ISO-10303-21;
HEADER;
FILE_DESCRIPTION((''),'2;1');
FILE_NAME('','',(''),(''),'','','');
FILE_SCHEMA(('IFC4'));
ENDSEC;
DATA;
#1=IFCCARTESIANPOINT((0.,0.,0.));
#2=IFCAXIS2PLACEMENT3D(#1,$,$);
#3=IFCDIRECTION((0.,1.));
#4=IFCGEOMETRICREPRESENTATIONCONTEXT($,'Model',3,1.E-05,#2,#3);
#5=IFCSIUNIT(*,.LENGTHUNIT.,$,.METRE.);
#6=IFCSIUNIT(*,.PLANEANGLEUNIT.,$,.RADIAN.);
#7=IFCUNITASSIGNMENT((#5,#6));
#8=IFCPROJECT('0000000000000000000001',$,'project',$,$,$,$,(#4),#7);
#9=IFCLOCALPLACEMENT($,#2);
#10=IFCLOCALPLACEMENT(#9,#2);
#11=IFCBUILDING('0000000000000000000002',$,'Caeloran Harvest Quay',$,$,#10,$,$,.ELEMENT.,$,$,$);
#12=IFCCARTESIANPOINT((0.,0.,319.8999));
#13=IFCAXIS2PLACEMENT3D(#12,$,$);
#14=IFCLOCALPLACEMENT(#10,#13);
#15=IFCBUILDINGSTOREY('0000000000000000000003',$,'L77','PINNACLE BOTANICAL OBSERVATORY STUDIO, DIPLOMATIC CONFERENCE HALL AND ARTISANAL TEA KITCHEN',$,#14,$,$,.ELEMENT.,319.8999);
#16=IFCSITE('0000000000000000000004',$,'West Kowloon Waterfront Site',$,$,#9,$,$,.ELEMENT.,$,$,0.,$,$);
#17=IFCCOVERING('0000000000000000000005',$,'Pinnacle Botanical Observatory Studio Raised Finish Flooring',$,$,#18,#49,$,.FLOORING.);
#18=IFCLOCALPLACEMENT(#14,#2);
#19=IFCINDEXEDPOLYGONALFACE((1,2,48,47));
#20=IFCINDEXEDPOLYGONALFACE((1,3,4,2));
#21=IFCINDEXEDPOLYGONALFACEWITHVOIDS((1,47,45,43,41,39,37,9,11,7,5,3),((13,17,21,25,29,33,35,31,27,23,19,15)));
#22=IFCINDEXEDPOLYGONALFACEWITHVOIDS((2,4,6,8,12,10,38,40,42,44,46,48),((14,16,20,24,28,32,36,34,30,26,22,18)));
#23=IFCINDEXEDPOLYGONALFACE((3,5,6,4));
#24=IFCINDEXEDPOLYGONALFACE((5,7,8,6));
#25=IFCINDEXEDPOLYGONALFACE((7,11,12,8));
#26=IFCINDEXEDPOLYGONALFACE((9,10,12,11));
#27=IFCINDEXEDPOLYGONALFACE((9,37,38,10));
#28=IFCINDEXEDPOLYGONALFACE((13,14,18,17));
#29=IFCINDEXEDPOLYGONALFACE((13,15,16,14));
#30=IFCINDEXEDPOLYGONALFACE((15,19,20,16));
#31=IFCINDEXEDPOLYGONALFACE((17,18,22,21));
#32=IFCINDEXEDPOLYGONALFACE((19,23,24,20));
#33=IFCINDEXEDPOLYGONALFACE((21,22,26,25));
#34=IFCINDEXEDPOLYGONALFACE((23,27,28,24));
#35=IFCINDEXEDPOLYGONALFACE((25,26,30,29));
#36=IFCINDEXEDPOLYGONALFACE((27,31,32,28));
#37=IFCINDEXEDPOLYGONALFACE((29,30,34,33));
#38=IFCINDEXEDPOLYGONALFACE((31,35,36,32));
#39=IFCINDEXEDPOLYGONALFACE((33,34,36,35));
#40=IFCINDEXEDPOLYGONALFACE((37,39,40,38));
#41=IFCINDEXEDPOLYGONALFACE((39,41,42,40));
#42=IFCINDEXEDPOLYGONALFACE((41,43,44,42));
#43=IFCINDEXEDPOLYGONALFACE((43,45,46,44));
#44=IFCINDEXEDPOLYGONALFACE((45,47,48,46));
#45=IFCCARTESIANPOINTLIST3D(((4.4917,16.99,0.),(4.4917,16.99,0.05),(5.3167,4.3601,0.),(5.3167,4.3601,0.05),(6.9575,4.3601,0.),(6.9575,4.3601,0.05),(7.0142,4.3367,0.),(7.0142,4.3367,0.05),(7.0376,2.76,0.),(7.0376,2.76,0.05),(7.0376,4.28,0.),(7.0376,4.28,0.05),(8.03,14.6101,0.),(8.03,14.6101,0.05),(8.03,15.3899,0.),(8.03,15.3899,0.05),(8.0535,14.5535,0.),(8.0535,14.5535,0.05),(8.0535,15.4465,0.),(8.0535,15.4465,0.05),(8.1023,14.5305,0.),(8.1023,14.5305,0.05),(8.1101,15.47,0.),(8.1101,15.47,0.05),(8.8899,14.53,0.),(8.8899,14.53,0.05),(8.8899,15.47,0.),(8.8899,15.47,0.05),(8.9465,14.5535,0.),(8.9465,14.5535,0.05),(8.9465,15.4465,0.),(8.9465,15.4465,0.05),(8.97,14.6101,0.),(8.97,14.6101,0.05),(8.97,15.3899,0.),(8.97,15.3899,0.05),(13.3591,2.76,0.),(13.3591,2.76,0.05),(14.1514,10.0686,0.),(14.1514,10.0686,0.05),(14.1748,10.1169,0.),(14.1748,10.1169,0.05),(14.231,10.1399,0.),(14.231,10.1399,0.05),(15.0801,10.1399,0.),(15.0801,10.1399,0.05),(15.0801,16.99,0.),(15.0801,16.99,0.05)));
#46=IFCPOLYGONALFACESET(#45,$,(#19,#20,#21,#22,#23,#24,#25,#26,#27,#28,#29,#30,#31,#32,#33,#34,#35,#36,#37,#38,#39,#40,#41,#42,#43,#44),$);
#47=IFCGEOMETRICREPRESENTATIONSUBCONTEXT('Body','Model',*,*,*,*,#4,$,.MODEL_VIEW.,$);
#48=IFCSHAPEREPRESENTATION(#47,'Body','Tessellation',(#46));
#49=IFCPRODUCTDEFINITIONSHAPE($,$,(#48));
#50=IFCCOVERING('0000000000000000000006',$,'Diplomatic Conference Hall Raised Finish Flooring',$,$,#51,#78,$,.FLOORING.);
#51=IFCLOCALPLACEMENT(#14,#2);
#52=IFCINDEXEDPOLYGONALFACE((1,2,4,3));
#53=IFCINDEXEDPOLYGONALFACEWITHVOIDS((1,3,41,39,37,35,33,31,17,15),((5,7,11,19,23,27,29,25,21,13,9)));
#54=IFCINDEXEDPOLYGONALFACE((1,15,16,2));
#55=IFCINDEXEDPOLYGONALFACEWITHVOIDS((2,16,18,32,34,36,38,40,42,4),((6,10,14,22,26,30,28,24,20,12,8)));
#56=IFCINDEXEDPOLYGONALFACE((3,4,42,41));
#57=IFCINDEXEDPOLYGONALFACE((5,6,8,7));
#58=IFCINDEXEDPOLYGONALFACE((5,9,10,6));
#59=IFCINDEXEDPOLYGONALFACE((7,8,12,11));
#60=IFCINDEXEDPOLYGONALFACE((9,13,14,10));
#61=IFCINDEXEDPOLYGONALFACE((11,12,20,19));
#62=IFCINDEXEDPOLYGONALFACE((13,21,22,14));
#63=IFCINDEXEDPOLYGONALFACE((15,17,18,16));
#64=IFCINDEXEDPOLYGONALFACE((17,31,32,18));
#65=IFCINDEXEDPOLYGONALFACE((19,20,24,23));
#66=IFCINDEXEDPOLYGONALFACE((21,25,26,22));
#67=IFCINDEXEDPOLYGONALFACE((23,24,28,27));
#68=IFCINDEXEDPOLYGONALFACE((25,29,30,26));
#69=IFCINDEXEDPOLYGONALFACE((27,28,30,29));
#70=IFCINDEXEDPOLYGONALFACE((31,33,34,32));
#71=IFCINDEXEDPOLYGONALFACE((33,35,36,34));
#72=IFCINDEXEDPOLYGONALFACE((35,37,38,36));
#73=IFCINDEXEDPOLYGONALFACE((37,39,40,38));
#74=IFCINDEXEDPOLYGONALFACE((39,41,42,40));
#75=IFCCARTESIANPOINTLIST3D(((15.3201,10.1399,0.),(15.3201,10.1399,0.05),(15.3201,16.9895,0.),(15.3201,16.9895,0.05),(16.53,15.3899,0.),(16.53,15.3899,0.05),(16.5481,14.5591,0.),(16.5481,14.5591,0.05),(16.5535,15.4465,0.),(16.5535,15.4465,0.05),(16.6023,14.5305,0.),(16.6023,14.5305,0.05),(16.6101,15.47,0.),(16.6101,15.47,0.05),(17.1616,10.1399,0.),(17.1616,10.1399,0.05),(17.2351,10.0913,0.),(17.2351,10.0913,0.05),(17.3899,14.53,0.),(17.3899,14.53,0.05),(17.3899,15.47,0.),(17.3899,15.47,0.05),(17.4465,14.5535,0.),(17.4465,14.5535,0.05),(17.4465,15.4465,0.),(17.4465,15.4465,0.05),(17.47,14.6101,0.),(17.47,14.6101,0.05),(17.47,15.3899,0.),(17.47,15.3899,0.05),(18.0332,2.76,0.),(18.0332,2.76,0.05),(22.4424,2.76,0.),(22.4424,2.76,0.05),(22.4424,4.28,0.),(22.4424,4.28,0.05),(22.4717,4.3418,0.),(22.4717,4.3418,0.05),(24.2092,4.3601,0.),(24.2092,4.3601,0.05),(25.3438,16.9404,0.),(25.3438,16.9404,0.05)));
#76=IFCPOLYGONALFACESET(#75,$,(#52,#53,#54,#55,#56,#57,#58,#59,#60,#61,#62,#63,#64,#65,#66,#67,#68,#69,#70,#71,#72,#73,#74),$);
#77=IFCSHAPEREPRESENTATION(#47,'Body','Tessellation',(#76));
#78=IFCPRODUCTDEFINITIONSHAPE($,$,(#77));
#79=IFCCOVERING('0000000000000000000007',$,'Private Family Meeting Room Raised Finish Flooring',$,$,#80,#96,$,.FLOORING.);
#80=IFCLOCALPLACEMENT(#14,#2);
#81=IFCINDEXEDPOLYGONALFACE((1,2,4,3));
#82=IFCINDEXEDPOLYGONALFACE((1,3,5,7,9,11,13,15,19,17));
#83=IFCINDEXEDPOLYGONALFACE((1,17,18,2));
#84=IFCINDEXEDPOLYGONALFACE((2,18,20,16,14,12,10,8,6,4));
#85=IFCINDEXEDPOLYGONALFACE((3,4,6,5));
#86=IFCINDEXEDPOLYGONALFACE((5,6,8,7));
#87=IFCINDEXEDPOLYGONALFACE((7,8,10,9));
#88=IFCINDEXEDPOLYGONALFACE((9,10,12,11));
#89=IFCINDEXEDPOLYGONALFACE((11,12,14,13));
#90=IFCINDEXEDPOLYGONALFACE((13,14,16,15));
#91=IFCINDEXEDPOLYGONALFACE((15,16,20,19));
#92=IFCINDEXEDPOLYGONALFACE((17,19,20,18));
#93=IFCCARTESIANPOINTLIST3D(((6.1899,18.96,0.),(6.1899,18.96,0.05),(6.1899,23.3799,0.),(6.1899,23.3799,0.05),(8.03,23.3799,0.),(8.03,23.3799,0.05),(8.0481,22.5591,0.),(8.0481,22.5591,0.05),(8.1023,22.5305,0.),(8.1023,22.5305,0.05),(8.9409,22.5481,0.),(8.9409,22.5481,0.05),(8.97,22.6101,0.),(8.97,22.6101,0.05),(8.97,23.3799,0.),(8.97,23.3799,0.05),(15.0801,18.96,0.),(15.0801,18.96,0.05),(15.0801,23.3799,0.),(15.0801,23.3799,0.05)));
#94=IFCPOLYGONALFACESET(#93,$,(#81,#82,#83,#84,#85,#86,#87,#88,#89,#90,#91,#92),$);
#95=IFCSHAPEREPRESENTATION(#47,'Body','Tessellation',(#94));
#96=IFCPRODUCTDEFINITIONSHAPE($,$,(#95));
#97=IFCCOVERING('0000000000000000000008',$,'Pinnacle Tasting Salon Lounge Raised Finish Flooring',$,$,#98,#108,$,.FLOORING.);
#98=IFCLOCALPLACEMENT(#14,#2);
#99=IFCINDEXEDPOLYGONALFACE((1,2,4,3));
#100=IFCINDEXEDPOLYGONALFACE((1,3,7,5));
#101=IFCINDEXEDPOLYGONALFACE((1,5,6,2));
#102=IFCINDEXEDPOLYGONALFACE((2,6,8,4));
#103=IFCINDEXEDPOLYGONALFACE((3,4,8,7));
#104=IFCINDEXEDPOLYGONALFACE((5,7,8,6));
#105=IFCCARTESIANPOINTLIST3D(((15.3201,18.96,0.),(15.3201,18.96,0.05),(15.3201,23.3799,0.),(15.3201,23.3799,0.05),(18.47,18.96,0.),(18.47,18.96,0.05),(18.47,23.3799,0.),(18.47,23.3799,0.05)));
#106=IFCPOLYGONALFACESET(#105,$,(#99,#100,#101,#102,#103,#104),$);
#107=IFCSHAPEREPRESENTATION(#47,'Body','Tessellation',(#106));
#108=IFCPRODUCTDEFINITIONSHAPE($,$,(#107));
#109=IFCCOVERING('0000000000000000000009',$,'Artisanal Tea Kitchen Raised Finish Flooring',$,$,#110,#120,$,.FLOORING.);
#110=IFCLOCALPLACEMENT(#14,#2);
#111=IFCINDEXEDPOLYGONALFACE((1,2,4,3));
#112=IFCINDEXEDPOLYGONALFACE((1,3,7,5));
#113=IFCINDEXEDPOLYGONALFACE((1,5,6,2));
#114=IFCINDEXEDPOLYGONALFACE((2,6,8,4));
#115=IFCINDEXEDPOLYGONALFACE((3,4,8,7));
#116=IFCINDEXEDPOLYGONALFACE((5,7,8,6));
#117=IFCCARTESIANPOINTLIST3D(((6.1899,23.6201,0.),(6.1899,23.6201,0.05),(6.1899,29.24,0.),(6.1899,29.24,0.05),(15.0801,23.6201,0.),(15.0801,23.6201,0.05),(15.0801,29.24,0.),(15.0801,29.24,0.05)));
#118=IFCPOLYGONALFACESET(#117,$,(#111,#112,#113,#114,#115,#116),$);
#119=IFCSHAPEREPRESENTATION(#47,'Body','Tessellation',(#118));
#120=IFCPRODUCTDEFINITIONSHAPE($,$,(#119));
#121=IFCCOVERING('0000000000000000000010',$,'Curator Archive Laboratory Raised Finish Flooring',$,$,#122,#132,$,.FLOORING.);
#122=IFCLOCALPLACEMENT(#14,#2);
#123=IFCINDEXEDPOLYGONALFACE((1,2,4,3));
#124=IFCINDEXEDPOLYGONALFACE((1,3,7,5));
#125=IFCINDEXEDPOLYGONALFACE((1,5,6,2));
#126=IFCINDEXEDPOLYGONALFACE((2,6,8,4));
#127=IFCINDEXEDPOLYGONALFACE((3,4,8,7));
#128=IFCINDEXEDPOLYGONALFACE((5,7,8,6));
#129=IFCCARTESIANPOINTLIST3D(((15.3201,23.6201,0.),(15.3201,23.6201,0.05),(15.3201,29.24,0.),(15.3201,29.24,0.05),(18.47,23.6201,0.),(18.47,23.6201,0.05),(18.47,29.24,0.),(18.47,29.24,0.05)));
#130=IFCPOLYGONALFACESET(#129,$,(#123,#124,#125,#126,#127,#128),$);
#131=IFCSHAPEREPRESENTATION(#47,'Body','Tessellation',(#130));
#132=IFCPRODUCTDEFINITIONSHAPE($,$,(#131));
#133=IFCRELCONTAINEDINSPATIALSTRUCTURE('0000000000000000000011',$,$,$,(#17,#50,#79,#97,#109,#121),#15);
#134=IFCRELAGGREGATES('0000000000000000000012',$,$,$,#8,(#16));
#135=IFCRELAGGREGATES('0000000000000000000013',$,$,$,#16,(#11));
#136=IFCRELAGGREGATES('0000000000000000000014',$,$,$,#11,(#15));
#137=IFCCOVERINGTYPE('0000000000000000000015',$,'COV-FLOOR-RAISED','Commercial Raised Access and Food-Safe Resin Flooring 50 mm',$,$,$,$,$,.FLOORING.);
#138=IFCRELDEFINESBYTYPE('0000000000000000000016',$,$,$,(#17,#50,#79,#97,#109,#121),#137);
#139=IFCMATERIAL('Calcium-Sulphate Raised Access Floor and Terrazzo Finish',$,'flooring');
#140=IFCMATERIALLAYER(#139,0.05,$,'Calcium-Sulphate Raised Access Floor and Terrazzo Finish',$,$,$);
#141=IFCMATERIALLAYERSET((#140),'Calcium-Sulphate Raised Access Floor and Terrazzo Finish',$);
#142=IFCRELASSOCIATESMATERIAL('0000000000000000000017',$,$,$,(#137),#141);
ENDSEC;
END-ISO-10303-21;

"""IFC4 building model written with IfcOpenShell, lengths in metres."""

from ifc_helpers import new_model, si_unit, direction, frame, origin, place, context, subcontext, project, spatial, polyline, outline, extrude, material, layer, layer_set, type_object, element, save


model = new_model("IFC4")

# Units and contexts
model_context = context("Model", 3, precision=1e-05, world=origin(), true_north=direction((0.0, 1.0)))
body_context = subcontext(model_context, "Body", "Model", "MODEL_VIEW")
ifc_project = project(units=[si_unit("LENGTHUNIT", "METRE"), si_unit("PLANEANGLEUNIT", "RADIAN")], contexts=[model_context])

# Site, building, storey
site_placement = place(None, origin())
site = spatial("IfcSite", under=ifc_project, at=site_placement, Name="West Kowloon Waterfront Site", CompositionType="ELEMENT", RefElevation=0.0)
building_placement = place(site_placement, origin())
building = spatial("IfcBuilding", under=site, at=building_placement, Name="Caeloran Harvest Quay", CompositionType="ELEMENT")
storey_placement = place(building_placement, frame((0.0, 0.0, 319.8999)))
storey = spatial("IfcBuildingStorey", under=building, at=storey_placement, Name="L77", Description="PINNACLE BOTANICAL OBSERVATORY STUDIO, DIPLOMATIC CONFERENCE HALL AND ARTISANAL TEA KITCHEN", CompositionType="ELEMENT", Elevation=319.8999)

# Coverings
ifc_material_1 = material(Name="Calcium-Sulphate Raised Access Floor and Terrazzo Finish", Category="flooring")
ifc_layer_1 = layer(ifc_material_1, 0.05, Name="Calcium-Sulphate Raised Access Floor and Terrazzo Finish")
ifc_layer_set_1 = layer_set([ifc_layer_1], Name="Calcium-Sulphate Raised Access Floor and Terrazzo Finish")
covering_type_1 = type_object("IfcCoveringType", Name="COV-FLOOR-RAISED", Description="Commercial Raised Access and Food-Safe Resin Flooring 50 mm", PredefinedType="FLOORING", material=ifc_layer_set_1)
covering_1_placement = place(storey_placement, origin())
element("IfcCovering", 1, at=covering_1_placement, inside=storey, type_object=covering_type_1, Name="Pinnacle Botanical Observatory Studio Raised Finish Flooring", PredefinedType="FLOORING", context=body_context, shape_type="SweptSolid", body=[
    extrude(outline(polyline([(14.231, 10.1399), (14.1748, 10.1169), (14.1514, 10.0686), (13.3591, 2.76), (7.0376, 2.76), (7.0376, 4.28), (7.0142, 4.3367), (6.9575, 4.3601), (5.3167, 4.3601), (4.4917, 16.99), (15.0801, 16.99), (15.0801, 10.1399), (14.231, 10.1399)]), holes=[polyline([(8.03, 14.6101), (8.0535, 14.5535), (8.1023, 14.5305), (8.8899, 14.53), (8.9465, 14.5535), (8.97, 14.6101), (8.97, 15.3899), (8.9465, 15.4465), (8.8899, 15.47), (8.1101, 15.47), (8.0535, 15.4465), (8.03, 15.3899), (8.03, 14.6101)])]), origin(), (0.0, 0.0, 1.0), 0.05),
])
covering_2_placement = place(storey_placement, origin())
element("IfcCovering", 2, at=covering_2_placement, inside=storey, type_object=covering_type_1, Name="Diplomatic Conference Hall Raised Finish Flooring", PredefinedType="FLOORING", context=body_context, shape_type="SweptSolid", body=[
    extrude(outline(polyline([(24.2092, 4.3601), (22.4717, 4.3418), (22.4424, 4.28), (22.4424, 2.76), (18.0332, 2.76), (17.2351, 10.0913), (17.1616, 10.1399), (15.3201, 10.1399), (15.3201, 16.9895), (25.3438, 16.9404), (24.2092, 4.3601)]), holes=[polyline([(16.53, 15.3899), (16.5481, 14.5591), (16.6023, 14.5305), (17.3899, 14.53), (17.4465, 14.5535), (17.47, 14.6101), (17.47, 15.3899), (17.4465, 15.4465), (17.3899, 15.47), (16.6101, 15.47), (16.5535, 15.4465), (16.53, 15.3899)])]), origin(), (0.0, 0.0, 1.0), 0.05),
])
covering_3_placement = place(storey_placement, origin())
element("IfcCovering", 3, at=covering_3_placement, inside=storey, type_object=covering_type_1, Name="Private Family Meeting Room Raised Finish Flooring", PredefinedType="FLOORING", context=body_context, shape_type="SweptSolid", body=[
    extrude(outline(polyline([(8.03, 23.3799), (8.0481, 22.5591), (8.1023, 22.5305), (8.9409, 22.5481), (8.97, 22.6101), (8.97, 23.3799), (15.0801, 23.3799), (15.0801, 18.96), (6.1899, 18.96), (6.1899, 23.3799), (8.03, 23.3799)])), origin(), (0.0, 0.0, 1.0), 0.05),
])
covering_4_placement = place(storey_placement, origin())
element("IfcCovering", 4, at=covering_4_placement, inside=storey, type_object=covering_type_1, Name="Pinnacle Tasting Salon Lounge Raised Finish Flooring", PredefinedType="FLOORING", context=body_context, shape_type="SweptSolid", body=[
    extrude(outline(polyline([(18.47, 23.3799), (18.47, 18.96), (15.3201, 18.96), (15.3201, 23.3799), (18.47, 23.3799)])), origin(), (0.0, 0.0, 1.0), 0.05),
])
covering_5_placement = place(storey_placement, origin())
element("IfcCovering", 5, at=covering_5_placement, inside=storey, type_object=covering_type_1, Name="Artisanal Tea Kitchen Raised Finish Flooring", PredefinedType="FLOORING", context=body_context, shape_type="SweptSolid", body=[
    extrude(outline(polyline([(6.1899, 29.24), (15.0801, 29.24), (15.0801, 23.6201), (6.1899, 23.6201), (6.1899, 29.24)])), origin(), (0.0, 0.0, 1.0), 0.05),
])
covering_6_placement = place(storey_placement, origin())
element("IfcCovering", 6, at=covering_6_placement, inside=storey, type_object=covering_type_1, Name="Curator Archive Laboratory Raised Finish Flooring", PredefinedType="FLOORING", context=body_context, shape_type="SweptSolid", body=[
    extrude(outline(polyline([(15.3201, 29.24), (18.47, 29.24), (18.47, 23.6201), (15.3201, 23.6201), (15.3201, 29.24)])), origin(), (0.0, 0.0, 1.0), 0.05),
])

save(model, "model.ifc")
